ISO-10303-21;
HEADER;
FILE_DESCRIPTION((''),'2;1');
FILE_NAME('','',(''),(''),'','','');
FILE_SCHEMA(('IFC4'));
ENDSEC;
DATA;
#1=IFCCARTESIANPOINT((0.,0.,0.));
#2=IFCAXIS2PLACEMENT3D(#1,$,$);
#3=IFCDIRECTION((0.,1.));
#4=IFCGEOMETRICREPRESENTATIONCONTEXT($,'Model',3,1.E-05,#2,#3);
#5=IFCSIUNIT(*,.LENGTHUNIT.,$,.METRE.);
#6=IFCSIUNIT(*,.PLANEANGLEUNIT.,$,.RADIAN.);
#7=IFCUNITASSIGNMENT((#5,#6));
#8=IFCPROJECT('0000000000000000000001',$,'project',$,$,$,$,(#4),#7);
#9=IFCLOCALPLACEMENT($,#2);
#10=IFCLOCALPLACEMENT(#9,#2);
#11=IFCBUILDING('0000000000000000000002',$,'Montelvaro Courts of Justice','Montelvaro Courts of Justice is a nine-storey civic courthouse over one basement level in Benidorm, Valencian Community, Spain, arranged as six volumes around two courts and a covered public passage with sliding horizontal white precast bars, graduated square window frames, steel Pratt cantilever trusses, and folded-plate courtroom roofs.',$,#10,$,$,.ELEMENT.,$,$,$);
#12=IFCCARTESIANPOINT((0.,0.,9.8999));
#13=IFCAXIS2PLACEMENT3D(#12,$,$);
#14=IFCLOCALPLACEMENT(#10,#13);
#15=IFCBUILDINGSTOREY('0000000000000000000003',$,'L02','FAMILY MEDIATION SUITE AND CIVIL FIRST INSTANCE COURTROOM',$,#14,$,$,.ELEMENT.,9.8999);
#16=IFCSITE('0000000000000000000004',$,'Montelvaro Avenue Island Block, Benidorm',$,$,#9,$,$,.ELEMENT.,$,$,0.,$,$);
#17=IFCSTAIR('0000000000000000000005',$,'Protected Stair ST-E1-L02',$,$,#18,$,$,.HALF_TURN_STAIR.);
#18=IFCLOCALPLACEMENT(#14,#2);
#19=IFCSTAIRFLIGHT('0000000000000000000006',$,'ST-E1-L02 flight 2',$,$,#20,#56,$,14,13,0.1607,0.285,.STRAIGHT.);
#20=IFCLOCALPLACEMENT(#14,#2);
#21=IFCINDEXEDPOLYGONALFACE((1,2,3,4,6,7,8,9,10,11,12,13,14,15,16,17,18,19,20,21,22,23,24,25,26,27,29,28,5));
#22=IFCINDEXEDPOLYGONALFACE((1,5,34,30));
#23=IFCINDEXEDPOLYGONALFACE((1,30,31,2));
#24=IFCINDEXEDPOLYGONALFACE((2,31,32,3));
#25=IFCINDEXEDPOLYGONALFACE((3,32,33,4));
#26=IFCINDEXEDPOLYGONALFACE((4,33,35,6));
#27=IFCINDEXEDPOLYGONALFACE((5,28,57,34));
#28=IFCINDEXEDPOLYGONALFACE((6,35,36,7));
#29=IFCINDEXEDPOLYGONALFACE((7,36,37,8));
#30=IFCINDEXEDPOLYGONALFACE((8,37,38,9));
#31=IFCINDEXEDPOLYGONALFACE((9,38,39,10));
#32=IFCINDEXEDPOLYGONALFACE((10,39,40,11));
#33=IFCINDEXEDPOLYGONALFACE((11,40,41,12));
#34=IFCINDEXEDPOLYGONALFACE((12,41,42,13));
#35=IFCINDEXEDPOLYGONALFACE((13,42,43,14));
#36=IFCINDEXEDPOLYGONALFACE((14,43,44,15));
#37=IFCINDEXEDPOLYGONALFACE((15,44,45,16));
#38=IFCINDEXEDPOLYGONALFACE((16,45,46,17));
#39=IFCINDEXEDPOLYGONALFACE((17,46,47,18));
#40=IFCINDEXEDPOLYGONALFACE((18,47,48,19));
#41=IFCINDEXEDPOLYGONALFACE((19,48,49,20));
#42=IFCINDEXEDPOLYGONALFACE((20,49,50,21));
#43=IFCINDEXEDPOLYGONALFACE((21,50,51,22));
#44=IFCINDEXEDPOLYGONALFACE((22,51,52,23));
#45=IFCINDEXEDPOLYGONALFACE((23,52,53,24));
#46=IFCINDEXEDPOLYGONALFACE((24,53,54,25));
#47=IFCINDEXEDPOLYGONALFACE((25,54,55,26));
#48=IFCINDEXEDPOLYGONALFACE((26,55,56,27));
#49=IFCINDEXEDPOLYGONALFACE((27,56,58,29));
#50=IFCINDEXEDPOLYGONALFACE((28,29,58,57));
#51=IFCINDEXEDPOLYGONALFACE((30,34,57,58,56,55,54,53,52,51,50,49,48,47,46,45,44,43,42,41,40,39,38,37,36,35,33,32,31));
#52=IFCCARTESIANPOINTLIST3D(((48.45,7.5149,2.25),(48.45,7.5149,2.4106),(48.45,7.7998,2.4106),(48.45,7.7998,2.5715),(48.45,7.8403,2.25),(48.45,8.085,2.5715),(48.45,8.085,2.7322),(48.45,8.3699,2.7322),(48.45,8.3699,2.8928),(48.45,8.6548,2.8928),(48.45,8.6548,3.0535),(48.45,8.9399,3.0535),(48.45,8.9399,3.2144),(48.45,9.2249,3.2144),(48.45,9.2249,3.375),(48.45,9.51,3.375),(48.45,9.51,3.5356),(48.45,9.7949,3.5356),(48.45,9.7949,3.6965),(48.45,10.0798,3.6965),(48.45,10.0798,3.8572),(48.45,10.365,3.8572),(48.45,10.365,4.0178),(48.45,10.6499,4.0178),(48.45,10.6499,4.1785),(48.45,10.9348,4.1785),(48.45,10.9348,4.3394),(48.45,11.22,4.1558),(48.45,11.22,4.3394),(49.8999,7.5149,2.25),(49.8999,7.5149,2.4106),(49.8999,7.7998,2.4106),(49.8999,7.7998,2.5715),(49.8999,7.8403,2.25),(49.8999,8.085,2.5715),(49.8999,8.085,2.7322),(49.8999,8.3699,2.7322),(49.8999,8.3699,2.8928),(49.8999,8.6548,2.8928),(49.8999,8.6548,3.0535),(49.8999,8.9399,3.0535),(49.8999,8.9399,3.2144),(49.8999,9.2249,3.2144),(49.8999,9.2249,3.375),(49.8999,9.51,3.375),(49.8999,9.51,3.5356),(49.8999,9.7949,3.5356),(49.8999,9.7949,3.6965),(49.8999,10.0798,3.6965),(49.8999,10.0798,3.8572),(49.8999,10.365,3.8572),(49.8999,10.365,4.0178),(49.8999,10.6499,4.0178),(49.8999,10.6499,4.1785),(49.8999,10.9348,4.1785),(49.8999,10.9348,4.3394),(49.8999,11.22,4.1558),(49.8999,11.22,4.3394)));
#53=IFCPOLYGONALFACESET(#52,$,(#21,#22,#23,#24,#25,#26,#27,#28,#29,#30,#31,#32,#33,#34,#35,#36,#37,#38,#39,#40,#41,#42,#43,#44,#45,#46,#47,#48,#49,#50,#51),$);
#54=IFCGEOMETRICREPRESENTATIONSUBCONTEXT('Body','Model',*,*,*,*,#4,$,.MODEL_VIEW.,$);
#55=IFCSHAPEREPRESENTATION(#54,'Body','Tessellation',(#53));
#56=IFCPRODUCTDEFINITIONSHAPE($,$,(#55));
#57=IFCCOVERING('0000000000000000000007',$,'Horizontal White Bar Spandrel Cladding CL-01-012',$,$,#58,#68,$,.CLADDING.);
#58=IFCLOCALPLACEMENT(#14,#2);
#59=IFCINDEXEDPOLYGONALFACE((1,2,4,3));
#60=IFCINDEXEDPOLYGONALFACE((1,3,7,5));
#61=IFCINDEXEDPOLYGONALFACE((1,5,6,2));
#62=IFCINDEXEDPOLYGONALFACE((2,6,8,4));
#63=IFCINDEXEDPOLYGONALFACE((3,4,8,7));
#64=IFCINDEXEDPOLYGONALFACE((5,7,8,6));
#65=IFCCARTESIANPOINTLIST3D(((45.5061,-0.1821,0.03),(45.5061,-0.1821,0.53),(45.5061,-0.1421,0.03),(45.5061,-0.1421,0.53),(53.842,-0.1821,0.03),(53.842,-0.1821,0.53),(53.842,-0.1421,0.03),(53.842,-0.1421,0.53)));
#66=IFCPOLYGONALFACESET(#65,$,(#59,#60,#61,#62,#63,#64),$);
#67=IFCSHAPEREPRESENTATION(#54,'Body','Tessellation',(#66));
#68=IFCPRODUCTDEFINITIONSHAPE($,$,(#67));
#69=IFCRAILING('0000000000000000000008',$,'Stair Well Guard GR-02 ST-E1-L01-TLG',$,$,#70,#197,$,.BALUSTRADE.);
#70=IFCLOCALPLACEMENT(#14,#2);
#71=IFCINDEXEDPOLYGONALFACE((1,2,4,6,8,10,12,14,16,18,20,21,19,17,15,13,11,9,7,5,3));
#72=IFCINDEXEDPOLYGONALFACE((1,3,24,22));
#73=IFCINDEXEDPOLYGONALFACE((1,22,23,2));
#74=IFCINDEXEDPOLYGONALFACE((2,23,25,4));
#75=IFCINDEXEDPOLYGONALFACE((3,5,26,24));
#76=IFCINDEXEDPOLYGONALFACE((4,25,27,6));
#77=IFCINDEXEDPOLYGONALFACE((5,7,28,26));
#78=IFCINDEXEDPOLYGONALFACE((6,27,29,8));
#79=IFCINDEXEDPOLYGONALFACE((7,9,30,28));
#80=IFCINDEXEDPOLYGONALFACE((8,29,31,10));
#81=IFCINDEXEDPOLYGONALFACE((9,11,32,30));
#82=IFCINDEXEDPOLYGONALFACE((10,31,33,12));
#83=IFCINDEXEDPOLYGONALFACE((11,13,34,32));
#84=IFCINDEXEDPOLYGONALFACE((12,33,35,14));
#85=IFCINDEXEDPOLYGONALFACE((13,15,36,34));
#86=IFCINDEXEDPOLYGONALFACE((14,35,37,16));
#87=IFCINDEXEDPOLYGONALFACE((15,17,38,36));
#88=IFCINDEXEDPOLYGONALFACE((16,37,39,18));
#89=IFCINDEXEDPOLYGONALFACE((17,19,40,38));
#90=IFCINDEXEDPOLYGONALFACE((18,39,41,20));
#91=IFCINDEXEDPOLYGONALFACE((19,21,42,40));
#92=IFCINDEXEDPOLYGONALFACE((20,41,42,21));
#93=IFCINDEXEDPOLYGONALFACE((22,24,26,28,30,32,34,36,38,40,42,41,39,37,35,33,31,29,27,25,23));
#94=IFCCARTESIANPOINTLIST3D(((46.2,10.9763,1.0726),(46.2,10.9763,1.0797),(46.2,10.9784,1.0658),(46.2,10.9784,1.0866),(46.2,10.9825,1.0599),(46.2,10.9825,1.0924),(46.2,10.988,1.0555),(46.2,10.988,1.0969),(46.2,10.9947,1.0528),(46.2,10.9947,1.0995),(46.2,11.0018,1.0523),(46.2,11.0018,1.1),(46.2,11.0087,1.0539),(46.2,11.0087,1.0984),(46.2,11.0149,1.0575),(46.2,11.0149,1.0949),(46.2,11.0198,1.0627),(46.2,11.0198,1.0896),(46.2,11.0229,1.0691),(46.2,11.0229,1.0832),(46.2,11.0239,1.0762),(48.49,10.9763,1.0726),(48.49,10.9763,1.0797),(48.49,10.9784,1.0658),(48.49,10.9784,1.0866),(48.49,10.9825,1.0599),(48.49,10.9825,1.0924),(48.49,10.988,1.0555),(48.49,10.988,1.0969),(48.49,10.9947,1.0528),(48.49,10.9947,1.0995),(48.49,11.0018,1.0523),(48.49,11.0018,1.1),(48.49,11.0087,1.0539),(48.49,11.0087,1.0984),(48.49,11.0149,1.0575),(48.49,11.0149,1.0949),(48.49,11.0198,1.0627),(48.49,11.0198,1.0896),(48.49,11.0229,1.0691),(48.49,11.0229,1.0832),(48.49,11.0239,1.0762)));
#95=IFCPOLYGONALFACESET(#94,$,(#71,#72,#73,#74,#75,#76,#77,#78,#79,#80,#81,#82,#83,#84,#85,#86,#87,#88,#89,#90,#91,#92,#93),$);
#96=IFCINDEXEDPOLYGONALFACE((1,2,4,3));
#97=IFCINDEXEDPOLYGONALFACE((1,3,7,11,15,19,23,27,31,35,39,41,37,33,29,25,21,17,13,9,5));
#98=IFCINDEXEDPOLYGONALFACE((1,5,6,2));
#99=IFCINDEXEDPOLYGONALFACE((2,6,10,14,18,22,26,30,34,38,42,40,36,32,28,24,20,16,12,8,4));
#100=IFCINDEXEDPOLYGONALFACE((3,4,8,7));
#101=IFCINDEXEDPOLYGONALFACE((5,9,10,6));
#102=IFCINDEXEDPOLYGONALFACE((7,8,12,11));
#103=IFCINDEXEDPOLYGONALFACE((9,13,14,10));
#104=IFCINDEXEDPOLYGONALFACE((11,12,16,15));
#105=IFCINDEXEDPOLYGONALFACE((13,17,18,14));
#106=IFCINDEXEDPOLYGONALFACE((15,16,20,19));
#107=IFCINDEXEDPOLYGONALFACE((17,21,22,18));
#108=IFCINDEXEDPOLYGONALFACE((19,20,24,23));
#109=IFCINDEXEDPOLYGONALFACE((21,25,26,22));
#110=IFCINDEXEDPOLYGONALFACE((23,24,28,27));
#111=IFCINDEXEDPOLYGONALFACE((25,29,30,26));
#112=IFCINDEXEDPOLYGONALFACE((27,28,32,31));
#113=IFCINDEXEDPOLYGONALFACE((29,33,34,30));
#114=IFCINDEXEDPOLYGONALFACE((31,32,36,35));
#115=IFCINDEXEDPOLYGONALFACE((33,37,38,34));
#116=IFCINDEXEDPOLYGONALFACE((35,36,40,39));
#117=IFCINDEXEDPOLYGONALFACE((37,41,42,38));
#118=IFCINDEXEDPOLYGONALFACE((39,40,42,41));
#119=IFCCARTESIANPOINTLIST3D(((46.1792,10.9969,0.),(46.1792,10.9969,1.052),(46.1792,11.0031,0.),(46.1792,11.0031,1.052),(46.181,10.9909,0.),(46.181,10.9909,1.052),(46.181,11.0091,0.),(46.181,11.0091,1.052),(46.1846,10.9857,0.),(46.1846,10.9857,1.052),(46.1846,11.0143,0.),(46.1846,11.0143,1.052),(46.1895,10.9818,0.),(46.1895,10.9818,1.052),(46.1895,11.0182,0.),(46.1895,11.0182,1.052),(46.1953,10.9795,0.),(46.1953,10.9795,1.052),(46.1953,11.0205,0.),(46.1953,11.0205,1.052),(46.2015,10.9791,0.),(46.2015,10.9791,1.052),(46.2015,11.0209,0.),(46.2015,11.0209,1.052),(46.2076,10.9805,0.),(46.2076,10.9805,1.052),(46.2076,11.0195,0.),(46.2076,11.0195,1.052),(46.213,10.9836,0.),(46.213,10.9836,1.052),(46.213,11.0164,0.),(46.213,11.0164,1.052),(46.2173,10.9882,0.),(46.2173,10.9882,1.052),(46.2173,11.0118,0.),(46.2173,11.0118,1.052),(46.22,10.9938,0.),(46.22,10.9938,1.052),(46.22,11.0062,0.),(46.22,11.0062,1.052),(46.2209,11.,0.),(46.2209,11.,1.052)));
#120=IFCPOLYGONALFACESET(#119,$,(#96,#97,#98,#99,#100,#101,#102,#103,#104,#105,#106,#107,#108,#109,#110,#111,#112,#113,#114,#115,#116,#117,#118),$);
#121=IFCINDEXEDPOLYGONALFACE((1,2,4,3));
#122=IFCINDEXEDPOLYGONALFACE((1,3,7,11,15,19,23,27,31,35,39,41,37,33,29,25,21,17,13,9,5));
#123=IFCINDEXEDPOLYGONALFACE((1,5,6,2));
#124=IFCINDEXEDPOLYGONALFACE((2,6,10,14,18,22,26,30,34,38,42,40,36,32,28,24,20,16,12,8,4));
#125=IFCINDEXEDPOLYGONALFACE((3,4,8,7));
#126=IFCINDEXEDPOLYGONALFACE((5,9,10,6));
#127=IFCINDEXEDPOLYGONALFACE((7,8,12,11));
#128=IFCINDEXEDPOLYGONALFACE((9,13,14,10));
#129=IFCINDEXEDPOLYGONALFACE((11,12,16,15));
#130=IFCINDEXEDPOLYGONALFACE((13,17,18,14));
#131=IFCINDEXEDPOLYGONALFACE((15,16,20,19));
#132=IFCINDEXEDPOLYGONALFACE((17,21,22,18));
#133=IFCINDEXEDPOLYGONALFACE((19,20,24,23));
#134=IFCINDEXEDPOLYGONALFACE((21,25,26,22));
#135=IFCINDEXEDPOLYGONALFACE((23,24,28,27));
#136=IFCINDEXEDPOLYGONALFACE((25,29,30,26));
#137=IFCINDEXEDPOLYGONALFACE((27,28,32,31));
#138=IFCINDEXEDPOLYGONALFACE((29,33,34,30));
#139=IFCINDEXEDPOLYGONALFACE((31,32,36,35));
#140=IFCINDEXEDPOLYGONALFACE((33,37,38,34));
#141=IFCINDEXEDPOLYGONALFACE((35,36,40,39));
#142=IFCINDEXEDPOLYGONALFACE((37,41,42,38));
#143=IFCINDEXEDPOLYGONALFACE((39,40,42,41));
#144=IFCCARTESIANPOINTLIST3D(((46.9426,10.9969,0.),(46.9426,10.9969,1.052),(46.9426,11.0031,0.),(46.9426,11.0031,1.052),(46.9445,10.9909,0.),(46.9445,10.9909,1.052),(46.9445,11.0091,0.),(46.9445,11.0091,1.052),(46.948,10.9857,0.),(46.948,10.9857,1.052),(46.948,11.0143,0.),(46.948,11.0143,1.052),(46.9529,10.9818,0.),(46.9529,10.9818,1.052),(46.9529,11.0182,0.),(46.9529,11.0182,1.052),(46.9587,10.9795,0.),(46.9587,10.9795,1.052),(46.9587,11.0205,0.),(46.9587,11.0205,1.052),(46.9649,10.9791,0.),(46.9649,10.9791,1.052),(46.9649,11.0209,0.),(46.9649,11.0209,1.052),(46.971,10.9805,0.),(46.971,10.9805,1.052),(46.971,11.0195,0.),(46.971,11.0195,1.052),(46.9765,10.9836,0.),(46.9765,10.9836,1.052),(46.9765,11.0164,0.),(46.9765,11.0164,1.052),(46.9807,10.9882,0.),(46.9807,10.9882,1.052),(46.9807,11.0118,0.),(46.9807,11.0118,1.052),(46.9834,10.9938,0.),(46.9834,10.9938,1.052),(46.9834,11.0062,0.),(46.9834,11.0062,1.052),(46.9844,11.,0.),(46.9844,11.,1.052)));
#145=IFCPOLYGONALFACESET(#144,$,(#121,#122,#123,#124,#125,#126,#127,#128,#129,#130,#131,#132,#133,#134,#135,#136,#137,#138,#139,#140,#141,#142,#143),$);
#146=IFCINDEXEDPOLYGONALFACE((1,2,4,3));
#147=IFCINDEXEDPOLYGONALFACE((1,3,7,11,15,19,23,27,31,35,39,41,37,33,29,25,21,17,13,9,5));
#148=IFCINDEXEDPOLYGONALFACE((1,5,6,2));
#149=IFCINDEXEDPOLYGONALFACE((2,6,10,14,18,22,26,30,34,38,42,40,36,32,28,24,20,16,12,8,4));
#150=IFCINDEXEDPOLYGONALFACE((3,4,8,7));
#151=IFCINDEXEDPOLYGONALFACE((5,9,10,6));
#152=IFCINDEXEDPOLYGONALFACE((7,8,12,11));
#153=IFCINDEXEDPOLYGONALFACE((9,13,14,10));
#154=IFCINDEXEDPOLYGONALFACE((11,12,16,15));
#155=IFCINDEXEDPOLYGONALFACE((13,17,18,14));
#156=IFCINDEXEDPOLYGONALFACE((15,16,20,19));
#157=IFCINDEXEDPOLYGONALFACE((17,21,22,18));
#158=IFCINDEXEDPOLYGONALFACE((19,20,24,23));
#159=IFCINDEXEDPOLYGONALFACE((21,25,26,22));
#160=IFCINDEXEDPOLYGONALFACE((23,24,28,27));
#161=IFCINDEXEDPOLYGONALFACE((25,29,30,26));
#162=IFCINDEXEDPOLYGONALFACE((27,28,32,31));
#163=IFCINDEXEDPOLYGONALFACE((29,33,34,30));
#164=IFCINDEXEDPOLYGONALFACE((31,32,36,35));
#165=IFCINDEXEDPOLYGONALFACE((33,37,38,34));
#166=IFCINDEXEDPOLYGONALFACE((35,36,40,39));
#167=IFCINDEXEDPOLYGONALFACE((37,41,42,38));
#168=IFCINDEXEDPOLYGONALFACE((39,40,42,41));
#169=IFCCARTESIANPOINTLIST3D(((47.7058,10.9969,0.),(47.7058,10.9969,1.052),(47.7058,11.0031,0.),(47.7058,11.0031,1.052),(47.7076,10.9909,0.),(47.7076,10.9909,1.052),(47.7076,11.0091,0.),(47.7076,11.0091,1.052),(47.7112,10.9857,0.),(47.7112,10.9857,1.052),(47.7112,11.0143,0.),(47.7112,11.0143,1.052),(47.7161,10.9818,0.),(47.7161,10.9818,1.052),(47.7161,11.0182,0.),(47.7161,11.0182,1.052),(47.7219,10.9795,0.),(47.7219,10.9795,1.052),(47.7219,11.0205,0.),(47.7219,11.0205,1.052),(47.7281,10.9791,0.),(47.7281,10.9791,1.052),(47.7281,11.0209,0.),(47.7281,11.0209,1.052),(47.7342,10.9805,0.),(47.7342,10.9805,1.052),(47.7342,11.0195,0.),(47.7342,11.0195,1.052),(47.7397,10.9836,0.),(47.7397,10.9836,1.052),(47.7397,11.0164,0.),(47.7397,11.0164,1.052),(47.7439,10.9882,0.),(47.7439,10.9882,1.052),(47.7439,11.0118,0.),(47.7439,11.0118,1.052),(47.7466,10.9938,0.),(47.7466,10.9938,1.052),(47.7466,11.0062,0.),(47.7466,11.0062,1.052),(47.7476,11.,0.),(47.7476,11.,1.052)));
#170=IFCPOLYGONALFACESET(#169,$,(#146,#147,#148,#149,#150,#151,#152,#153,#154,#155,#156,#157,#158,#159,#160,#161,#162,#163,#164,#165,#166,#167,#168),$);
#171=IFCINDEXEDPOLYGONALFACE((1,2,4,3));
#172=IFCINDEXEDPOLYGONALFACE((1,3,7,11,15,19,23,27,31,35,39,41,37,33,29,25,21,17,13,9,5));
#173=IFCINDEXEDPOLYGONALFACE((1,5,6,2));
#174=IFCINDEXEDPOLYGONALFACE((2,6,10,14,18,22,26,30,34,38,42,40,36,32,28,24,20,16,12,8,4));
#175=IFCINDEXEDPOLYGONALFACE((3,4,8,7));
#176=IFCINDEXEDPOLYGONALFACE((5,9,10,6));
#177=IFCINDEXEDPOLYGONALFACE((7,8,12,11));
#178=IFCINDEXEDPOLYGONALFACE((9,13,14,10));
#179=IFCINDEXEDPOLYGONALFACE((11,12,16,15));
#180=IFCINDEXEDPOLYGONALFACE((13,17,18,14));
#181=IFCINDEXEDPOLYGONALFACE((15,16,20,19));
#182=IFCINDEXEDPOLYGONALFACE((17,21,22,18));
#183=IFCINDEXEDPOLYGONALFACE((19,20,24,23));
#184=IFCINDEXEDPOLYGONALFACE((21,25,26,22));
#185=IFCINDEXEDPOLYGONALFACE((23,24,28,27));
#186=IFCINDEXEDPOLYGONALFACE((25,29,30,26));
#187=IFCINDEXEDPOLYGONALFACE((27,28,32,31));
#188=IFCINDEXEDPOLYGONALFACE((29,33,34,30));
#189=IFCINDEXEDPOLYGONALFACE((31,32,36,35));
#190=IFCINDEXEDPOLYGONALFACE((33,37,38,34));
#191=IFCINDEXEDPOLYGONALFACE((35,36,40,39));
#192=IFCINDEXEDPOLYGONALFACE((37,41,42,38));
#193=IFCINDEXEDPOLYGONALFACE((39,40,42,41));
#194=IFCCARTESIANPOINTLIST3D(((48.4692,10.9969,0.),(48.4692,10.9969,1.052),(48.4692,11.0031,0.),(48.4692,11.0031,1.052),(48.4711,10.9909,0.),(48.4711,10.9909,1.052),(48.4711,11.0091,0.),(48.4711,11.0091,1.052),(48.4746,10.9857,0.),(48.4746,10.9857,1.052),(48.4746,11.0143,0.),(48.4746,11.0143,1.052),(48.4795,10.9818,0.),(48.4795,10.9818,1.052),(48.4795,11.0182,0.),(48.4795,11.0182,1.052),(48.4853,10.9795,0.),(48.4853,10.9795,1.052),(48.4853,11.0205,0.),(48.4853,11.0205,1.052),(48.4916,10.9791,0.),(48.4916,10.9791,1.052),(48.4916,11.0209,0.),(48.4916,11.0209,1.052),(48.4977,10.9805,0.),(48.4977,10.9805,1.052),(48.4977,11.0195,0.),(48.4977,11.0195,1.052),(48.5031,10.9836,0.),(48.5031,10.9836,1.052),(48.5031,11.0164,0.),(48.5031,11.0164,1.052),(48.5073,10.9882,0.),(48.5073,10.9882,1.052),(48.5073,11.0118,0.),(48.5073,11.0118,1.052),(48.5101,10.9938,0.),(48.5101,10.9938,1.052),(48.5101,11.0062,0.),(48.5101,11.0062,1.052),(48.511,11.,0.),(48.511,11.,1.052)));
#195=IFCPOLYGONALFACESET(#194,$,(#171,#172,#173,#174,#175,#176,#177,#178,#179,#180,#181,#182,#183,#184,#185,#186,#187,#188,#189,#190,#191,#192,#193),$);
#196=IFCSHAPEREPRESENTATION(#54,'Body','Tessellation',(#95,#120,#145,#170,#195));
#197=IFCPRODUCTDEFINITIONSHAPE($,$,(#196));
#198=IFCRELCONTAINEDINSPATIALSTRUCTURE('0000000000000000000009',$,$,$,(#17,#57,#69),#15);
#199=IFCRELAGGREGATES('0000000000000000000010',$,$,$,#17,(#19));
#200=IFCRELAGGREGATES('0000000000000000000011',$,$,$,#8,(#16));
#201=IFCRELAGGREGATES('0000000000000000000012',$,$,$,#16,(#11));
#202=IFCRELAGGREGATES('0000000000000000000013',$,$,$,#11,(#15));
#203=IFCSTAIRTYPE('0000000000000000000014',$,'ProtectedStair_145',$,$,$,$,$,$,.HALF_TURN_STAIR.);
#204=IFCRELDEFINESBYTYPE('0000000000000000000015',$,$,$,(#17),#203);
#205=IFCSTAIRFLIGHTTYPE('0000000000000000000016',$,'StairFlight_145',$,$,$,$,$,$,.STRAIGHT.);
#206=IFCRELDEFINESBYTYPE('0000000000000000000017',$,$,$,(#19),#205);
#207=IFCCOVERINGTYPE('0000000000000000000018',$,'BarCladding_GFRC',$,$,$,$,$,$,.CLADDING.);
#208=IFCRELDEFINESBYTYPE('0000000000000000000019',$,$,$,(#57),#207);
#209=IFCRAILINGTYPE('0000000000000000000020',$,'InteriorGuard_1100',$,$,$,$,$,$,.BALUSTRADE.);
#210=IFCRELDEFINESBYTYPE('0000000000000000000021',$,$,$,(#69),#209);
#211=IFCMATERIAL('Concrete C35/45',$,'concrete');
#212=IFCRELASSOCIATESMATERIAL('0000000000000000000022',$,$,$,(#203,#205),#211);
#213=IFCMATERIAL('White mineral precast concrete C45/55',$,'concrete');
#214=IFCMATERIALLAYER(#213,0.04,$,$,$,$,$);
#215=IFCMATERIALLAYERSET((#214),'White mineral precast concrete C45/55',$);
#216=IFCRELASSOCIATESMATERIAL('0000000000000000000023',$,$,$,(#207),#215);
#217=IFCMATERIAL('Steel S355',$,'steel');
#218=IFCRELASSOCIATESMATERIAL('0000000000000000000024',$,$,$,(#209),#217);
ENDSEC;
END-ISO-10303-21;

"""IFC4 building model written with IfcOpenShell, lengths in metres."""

from ifc_helpers import new_model, si_unit, direction, frame, origin, origin_2d, place, context, subcontext, project, spatial, polyline, rectangle, circle, outline, extrude, material, layer, layer_set, type_object, element, aggregate, save


model = new_model("IFC4")

# Units and contexts
model_context = context("Model", 3, precision=1e-05, world=origin(), true_north=direction((0.0, 1.0)))
body_context = subcontext(model_context, "Body", "Model", "MODEL_VIEW")
ifc_project = project(units=[si_unit("LENGTHUNIT", "METRE"), si_unit("PLANEANGLEUNIT", "RADIAN")], contexts=[model_context])

# Site, building, storey
site_placement = place(None, origin())
site = spatial("IfcSite", under=ifc_project, at=site_placement, Name="Montelvaro Avenue Island Block, Benidorm", CompositionType="ELEMENT", RefElevation=0.0)
building_placement = place(site_placement, origin())
building = spatial("IfcBuilding", under=site, at=building_placement, Name="Montelvaro Courts of Justice", Description="Montelvaro Courts of Justice is a nine-storey civic courthouse over one basement level in Benidorm, Valencian Community, Spain, arranged as six volumes around two courts and a covered public passage with sliding horizontal white precast bars, graduated square window frames, steel Pratt cantilever trusses, and folded-plate courtroom roofs.", CompositionType="ELEMENT")
storey_placement = place(building_placement, frame((0.0, 0.0, 9.8999)))
storey = spatial("IfcBuildingStorey", under=building, at=storey_placement, Name="L02", Description="FAMILY MEDIATION SUITE AND CIVIL FIRST INSTANCE COURTROOM", CompositionType="ELEMENT", Elevation=9.8999)

# Shared definitions
ifc_material_1 = material(Name="Steel S355", Category="steel")

# Shared definitions
ifc_material_2 = material(Name="White mineral precast concrete C45/55", Category="concrete")

# Shared definitions
ifc_material_3 = material(Name="Concrete C35/45", Category="concrete")

# Stair, stair flight
stair_type = type_object("IfcStairType", Name="ProtectedStair_145", PredefinedType="HALF_TURN_STAIR", material=ifc_material_3)
stair_placement = place(storey_placement, origin())
stair = element("IfcStair", 1, at=stair_placement, inside=storey, type_object=stair_type, Name="Protected Stair ST-E1-L02", PredefinedType="HALF_TURN_STAIR")
stair_flight_type = type_object("IfcStairFlightType", Name="StairFlight_145", PredefinedType="STRAIGHT", material=ifc_material_3)
stair_flight_1_placement = place(storey_placement, frame((49.175, 7.5149, 2.25), z_axis=(0.0, 0.0, 1.0), x_axis=(0.0, 1.0, 0.0)))
stair_flight_1 = element("IfcStairFlight", 2, at=stair_flight_1_placement, type_object=stair_flight_type, Name="ST-E1-L02 flight 2", NumberOfRisers=14, NumberOfTreads=13, PredefinedType="STRAIGHT", RiserHeight=0.1607, TreadLength=0.285, context=body_context, shape_type="SweptSolid", body=[
    extrude(outline(polyline([(0.0, 0.0), (0.0, 0.1606), (0.2849, 0.1606), (0.2849, 0.3215), (0.5701, 0.3215), (0.5701, 0.4822), (0.855, 0.4822), (0.855, 0.6428), (1.1399, 0.6428), (1.1399, 0.8035), (1.425, 0.8035), (1.425, 0.9644), (1.71, 0.9644), (1.71, 1.125), (1.9951, 1.125), (1.9951, 1.2856), (2.28, 1.2856), (2.28, 1.4465), (2.5649, 1.4465), (2.5649, 1.6072), (2.8501, 1.6072), (2.8501, 1.7678), (3.135, 1.7678), (3.135, 1.9285), (3.4199, 1.9285), (3.4199, 2.0894), (3.7051, 2.0894), (3.7051, 2.25), (3.7051, 1.9058), (0.3254, 0.0), (0.0, 0.0)])), frame((0.0, 0.7251, 0.0), z_axis=(0.0, -1.0, 0.0), x_axis=(1.0, 0.0, 0.0)), (0.0, 0.0, 1.0), 1.45),
])
aggregate(stair, [stair_flight_1])

# Covering
ifc_layer_1 = layer(ifc_material_2, 0.04)
ifc_layer_set_1 = layer_set([ifc_layer_1], Name="White mineral precast concrete C45/55")
covering_type = type_object("IfcCoveringType", Name="BarCladding_GFRC", PredefinedType="CLADDING", material=ifc_layer_set_1)
covering_placement = place(storey_placement, frame((49.6741, -0.1621, 0.03), z_axis=(0.0, 0.0, 1.0), x_axis=(1.0, 0.0, 0.0)))
element("IfcCovering", 3, at=covering_placement, inside=storey, type_object=covering_type, Name="Horizontal White Bar Spandrel Cladding CL-01-012", PredefinedType="CLADDING", context=body_context, shape_type="SweptSolid", body=[
    extrude(rectangle(XDim=8.3359, YDim=0.04, at=origin_2d()), origin(), (0.0, 0.0, 1.0), 0.5),
])

# Railing
railing_type_1 = type_object("IfcRailingType", Name="InteriorGuard_1100", PredefinedType="BALUSTRADE", material=ifc_material_1)
railing_1_placement = place(storey_placement, frame((46.2, 11.0, 0.0)))
element("IfcRailing", 4, at=railing_1_placement, inside=storey, type_object=railing_type_1, Name="Stair Well Guard GR-02 ST-E1-L01-TLG", PredefinedType="BALUSTRADE", context=body_context, shape_type="SweptSolid", body=[
    extrude(circle(Radius=0.0239, at=origin_2d()), frame((0.0, 0.0, 1.0762), z_axis=(1.0, 0.0, 0.0), x_axis=(0.0, 1.0, 0.0)), (0.0, 0.0, 1.0), 2.29),
    extrude(circle(Radius=0.021, at=origin_2d()), origin(), (0.0, 0.0, 1.0), 1.052),
    extrude(circle(Radius=0.021, at=origin_2d()), frame((0.7634, 0.0, 0.0)), (0.0, 0.0, 1.0), 1.052),
    extrude(circle(Radius=0.021, at=origin_2d()), frame((1.5266, 0.0, 0.0)), (0.0, 0.0, 1.0), 1.052),
    extrude(circle(Radius=0.021, at=origin_2d()), frame((2.29, 0.0, 0.0)), (0.0, 0.0, 1.0), 1.052),
])

save(model, "model.ifc")
